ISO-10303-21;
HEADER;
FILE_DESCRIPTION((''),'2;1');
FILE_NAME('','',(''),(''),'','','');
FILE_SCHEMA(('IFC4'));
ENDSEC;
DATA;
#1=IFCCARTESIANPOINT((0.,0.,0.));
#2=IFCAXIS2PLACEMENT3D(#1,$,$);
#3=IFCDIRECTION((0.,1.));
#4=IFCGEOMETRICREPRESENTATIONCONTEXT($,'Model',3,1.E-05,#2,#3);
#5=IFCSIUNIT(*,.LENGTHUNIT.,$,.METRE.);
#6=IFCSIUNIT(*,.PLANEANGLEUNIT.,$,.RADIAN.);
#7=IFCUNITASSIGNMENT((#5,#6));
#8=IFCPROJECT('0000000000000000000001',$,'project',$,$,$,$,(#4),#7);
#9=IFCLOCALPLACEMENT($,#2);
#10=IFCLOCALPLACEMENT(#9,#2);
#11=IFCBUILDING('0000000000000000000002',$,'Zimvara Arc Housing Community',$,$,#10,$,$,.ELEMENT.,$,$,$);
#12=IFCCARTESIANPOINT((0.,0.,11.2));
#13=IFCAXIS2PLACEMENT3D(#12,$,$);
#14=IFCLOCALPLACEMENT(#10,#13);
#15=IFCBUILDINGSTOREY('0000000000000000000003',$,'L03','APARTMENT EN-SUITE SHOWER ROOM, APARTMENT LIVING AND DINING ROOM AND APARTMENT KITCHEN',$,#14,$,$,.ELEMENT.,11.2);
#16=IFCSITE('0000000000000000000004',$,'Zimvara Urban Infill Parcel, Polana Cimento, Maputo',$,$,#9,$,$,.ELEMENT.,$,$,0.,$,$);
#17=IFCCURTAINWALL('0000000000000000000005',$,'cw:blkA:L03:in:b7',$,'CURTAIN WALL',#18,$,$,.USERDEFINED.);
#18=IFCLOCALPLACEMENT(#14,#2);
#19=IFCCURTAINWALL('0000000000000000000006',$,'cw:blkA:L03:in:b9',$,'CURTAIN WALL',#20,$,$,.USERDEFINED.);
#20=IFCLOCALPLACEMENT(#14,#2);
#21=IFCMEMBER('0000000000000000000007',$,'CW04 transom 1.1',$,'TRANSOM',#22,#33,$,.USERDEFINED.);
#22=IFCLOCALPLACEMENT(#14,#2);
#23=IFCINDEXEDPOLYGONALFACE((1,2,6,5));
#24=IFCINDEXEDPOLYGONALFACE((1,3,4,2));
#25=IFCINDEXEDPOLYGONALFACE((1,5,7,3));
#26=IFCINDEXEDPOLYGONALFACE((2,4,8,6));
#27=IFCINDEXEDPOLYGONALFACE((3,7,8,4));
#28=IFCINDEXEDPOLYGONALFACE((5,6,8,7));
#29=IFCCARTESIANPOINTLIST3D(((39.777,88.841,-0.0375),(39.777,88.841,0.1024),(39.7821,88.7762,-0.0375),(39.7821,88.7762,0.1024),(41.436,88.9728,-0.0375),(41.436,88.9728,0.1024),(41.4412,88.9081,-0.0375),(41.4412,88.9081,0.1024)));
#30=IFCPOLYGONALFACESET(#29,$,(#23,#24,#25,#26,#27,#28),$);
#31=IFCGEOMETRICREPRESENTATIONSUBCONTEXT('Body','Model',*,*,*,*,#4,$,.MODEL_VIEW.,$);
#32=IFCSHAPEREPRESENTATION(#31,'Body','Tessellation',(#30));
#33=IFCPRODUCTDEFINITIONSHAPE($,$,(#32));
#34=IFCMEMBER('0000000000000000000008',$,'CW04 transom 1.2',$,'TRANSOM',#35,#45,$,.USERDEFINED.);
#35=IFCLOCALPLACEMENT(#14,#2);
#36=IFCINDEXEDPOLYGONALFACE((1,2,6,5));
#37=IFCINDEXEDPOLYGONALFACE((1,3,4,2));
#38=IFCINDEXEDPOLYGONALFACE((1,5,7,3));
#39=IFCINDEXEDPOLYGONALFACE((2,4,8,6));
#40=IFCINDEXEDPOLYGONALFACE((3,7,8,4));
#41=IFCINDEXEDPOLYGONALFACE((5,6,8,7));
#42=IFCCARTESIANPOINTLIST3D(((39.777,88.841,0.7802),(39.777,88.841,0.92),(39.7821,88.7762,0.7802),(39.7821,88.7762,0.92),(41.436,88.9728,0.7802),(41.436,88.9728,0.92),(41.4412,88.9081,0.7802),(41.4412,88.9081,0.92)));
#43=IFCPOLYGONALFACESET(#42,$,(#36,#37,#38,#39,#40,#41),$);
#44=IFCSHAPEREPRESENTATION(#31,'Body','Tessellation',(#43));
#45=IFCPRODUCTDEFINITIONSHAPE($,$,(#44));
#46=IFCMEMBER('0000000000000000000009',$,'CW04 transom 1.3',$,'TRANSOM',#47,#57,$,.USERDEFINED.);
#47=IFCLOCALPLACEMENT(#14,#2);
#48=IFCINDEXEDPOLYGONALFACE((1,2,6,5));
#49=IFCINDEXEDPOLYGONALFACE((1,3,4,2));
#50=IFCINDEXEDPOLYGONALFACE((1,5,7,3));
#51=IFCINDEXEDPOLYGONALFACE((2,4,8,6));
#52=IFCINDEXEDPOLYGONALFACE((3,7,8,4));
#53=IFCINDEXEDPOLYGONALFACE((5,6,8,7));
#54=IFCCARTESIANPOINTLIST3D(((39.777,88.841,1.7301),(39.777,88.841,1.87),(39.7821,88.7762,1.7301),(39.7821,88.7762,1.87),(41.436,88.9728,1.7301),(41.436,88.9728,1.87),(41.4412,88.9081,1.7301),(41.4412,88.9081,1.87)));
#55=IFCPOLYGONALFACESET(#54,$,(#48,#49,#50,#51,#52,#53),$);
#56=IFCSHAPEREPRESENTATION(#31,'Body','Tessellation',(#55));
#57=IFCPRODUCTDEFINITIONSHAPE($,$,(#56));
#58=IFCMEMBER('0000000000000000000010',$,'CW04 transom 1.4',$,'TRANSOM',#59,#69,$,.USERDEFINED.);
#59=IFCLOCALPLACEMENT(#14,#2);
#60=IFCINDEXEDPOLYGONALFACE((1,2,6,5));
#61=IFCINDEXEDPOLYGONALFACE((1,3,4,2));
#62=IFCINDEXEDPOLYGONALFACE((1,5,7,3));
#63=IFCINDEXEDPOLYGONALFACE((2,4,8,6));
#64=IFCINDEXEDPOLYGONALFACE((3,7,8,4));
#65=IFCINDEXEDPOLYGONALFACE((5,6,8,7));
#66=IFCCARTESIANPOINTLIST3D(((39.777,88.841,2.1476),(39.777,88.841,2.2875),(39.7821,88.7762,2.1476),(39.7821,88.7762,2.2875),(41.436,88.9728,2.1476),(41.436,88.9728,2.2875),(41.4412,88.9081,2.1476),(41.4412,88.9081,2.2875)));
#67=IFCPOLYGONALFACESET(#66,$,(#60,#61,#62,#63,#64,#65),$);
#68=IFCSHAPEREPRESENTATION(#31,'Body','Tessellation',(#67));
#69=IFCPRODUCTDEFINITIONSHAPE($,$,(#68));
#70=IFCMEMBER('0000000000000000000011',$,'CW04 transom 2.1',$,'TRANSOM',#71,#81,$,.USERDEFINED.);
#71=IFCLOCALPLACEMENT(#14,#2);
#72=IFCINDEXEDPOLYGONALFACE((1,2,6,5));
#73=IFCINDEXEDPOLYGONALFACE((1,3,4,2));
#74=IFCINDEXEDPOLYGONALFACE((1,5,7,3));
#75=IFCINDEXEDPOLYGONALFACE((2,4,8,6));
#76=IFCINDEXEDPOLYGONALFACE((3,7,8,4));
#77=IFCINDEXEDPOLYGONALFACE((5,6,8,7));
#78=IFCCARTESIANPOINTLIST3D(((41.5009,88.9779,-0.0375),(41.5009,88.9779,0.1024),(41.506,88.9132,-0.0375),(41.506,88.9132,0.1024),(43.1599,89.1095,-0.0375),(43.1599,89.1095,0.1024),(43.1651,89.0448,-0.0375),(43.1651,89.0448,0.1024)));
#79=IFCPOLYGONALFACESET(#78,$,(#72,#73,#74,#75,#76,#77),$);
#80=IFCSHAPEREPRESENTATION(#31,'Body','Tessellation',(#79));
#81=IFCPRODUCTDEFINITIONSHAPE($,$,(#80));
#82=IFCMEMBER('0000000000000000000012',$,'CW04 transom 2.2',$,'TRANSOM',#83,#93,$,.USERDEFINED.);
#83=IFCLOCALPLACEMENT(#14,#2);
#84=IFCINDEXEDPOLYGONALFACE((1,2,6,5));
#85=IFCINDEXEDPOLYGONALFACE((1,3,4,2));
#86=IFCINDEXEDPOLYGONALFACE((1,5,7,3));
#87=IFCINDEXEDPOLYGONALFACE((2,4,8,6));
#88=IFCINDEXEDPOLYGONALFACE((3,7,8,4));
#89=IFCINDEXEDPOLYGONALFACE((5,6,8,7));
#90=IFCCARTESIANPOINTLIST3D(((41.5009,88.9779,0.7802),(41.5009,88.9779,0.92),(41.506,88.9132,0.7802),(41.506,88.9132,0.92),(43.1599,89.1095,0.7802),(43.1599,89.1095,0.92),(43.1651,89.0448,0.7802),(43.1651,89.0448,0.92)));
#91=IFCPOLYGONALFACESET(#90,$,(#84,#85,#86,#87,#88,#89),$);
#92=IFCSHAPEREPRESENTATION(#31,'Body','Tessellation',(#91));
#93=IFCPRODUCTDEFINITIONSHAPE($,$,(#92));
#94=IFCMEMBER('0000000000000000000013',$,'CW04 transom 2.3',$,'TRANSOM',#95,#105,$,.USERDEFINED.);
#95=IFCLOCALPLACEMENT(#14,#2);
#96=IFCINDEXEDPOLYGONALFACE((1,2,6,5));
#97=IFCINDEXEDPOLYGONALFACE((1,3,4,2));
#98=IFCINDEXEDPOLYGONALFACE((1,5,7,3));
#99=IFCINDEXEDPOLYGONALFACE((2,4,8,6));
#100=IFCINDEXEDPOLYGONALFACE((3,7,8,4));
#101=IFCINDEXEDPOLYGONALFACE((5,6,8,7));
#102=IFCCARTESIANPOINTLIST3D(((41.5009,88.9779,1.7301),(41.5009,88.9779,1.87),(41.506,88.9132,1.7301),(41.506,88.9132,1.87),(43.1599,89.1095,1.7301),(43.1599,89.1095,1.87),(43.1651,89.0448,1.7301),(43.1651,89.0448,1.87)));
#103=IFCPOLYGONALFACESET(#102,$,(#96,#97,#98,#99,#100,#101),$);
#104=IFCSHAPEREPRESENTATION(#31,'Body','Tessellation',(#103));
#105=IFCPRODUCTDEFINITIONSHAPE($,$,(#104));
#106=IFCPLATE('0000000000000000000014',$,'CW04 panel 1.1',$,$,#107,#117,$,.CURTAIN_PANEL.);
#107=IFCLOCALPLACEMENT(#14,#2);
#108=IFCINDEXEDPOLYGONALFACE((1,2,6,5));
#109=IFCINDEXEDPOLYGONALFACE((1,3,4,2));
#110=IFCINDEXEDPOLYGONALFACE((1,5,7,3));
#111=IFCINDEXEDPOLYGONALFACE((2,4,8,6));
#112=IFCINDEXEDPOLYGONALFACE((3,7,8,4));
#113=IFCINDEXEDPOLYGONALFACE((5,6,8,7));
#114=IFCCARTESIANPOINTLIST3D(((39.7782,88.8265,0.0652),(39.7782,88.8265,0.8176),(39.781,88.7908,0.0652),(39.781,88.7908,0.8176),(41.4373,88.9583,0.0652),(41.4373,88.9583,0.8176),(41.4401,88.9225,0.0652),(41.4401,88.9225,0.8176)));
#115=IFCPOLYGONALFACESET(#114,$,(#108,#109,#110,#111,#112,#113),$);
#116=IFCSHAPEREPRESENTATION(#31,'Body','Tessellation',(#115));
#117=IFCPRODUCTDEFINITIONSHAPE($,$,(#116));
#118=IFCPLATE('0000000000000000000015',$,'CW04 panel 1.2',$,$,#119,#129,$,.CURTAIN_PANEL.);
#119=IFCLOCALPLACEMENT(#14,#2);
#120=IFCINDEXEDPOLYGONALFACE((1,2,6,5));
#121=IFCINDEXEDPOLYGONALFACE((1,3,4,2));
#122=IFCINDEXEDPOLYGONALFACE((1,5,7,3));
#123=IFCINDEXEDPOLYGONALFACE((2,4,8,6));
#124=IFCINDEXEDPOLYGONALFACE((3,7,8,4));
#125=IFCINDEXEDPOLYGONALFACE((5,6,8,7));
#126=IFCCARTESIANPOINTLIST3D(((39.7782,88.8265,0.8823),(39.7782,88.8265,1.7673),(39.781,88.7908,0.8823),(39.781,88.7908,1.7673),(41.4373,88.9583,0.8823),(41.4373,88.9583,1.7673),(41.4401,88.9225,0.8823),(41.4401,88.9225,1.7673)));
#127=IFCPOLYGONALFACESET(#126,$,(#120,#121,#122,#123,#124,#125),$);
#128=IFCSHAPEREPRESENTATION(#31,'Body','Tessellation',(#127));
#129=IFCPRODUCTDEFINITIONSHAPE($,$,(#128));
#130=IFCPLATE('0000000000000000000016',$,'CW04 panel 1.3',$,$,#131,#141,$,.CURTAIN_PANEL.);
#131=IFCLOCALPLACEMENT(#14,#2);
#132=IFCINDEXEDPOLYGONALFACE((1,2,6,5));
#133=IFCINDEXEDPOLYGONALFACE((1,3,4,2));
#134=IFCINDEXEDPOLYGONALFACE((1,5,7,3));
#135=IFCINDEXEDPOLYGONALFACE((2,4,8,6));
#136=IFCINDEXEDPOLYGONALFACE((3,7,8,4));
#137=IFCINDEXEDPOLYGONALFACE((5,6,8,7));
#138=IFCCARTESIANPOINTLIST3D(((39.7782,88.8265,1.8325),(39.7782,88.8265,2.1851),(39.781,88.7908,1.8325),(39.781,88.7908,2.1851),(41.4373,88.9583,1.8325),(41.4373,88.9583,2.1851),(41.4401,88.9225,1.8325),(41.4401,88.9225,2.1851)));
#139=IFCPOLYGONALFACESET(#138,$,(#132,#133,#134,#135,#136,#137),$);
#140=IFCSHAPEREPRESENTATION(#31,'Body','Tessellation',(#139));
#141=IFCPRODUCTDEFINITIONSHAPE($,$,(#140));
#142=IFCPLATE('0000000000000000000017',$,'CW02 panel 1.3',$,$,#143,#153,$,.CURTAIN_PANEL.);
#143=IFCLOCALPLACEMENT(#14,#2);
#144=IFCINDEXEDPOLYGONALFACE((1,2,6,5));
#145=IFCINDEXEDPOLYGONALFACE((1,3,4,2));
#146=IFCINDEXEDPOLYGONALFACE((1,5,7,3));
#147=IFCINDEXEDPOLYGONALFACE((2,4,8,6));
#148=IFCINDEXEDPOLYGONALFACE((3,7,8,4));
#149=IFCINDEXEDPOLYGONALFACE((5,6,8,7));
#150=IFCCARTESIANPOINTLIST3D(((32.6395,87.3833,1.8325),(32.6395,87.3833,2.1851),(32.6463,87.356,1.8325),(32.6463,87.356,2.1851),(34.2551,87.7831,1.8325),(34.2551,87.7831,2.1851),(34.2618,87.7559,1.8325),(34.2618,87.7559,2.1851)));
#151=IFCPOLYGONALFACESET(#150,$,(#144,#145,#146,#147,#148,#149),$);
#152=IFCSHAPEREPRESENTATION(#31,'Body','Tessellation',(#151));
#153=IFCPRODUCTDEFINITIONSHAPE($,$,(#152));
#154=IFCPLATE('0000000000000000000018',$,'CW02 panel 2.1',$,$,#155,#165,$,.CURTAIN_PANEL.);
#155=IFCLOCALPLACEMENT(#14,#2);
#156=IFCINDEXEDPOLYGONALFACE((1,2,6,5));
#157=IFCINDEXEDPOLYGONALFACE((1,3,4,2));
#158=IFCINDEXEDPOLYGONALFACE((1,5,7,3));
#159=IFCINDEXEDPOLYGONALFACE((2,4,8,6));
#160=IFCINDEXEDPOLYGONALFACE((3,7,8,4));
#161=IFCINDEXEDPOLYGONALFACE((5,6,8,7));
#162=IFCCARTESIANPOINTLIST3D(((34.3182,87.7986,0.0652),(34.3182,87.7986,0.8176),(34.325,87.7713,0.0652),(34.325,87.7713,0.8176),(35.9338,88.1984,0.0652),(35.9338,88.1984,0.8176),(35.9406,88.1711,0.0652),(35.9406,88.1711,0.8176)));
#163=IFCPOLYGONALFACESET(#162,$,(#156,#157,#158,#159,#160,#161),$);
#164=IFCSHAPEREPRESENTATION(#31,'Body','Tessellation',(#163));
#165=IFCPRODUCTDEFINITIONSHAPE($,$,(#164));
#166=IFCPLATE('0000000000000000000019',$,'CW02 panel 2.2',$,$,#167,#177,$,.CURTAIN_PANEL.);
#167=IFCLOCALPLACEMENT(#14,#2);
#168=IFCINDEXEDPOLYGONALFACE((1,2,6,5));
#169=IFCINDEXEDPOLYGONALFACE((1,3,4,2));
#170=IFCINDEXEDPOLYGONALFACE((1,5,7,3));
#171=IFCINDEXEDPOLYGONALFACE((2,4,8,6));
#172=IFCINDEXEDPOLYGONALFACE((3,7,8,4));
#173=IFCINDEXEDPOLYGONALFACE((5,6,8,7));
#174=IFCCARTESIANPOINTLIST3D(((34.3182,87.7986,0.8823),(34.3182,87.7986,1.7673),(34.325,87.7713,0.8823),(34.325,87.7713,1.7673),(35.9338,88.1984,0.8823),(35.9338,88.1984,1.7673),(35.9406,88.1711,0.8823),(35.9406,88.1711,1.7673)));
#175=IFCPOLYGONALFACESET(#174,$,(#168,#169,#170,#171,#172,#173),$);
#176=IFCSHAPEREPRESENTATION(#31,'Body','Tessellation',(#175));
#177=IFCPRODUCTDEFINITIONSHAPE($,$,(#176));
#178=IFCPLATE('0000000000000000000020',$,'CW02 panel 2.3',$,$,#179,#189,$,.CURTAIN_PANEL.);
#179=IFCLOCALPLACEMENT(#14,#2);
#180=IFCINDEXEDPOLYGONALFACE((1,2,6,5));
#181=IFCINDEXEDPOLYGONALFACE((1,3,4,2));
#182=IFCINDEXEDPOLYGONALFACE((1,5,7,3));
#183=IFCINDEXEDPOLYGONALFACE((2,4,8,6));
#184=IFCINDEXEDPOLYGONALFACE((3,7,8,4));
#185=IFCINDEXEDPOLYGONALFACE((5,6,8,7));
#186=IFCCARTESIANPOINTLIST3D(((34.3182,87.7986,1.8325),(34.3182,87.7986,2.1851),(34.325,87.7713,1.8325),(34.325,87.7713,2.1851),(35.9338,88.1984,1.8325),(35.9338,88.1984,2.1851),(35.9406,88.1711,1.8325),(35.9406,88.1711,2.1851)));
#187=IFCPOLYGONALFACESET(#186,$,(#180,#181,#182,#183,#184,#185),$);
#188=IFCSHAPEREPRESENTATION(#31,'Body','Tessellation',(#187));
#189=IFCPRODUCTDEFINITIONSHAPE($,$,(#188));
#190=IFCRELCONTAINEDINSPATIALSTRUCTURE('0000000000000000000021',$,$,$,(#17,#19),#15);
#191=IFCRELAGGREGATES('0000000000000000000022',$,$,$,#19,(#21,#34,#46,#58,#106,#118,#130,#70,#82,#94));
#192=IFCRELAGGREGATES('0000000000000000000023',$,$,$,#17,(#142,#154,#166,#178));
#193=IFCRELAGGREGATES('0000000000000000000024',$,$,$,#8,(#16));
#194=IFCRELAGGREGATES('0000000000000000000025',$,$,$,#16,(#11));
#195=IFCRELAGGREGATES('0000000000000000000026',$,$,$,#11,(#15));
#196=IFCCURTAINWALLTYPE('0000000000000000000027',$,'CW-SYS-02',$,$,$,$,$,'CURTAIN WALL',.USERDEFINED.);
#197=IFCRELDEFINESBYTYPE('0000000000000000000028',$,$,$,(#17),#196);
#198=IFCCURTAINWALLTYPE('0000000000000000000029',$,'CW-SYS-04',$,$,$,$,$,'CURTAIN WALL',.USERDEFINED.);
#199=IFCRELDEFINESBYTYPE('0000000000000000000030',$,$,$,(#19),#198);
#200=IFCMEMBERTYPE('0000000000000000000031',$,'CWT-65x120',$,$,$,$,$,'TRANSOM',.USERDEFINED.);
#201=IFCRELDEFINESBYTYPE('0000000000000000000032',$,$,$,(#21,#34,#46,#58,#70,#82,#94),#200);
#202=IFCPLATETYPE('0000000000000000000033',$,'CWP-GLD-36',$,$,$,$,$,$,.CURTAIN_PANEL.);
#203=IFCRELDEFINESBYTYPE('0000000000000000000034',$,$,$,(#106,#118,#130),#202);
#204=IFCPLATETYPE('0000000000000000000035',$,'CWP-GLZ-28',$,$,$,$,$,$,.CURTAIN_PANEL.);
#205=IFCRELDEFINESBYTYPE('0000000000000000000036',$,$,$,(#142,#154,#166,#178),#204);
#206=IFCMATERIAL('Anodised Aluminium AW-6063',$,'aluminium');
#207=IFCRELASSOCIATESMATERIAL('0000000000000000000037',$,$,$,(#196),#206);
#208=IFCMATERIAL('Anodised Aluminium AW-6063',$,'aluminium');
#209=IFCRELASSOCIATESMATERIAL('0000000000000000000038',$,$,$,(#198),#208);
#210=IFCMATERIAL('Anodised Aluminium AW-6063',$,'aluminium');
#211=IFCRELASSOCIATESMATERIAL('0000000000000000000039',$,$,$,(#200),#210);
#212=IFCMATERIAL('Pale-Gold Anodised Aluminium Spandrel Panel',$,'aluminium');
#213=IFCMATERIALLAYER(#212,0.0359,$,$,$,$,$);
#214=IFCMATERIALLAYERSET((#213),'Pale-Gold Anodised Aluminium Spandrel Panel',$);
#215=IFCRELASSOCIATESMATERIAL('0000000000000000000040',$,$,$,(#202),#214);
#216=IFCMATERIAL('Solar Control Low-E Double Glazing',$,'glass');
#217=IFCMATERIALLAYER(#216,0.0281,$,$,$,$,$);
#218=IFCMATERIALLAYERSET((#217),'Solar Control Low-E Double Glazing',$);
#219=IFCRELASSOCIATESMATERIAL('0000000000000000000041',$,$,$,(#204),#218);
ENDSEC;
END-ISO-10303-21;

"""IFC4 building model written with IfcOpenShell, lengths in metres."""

from ifc_helpers import new_model, si_unit, direction, frame, origin, origin_2d, place, context, subcontext, project, spatial, rectangle, extrude, material, layer, layer_set, material_profile, profile_set, type_object, element, aggregate, save


model = new_model("IFC4")

# Units and contexts
model_context = context("Model", 3, precision=1e-05, world=origin(), true_north=direction((0.0, 1.0)))
body_context = subcontext(model_context, "Body", "Model", "MODEL_VIEW")
ifc_project = project(units=[si_unit("LENGTHUNIT", "METRE"), si_unit("PLANEANGLEUNIT", "RADIAN")], contexts=[model_context])

# Site, building, storey
site_placement = place(None, origin())
site = spatial("IfcSite", under=ifc_project, at=site_placement, Name="Zimvara Urban Infill Parcel, Polana Cimento, Maputo", CompositionType="ELEMENT", RefElevation=0.0)
building_placement = place(site_placement, origin())
building = spatial("IfcBuilding", under=site, at=building_placement, Name="Zimvara Arc Housing Community", CompositionType="ELEMENT")
storey_placement = place(building_placement, frame((0.0, 0.0, 11.2)))
storey = spatial("IfcBuildingStorey", under=building, at=storey_placement, Name="L03", Description="APARTMENT EN-SUITE SHOWER ROOM, APARTMENT LIVING AND DINING ROOM AND APARTMENT KITCHEN", CompositionType="ELEMENT", Elevation=11.2)

# Curtain walls
ifc_material_1 = material(Name="Anodised Aluminium AW-6063", Category="aluminium")
curtain_wall_type_1 = type_object("IfcCurtainWallType", Name="CW-SYS-02", ElementType="CURTAIN WALL", PredefinedType="USERDEFINED", material=ifc_material_1)
curtain_wall_1_placement = place(storey_placement, origin())
curtain_wall_1 = element("IfcCurtainWall", 1, at=curtain_wall_1_placement, inside=storey, type_object=curtain_wall_type_1, Name="cw:blkA:L03:in:b7", ObjectType="CURTAIN WALL", PredefinedType="USERDEFINED")
ifc_material_2 = material(Name="Anodised Aluminium AW-6063", Category="aluminium")
curtain_wall_type_2 = type_object("IfcCurtainWallType", Name="CW-SYS-04", ElementType="CURTAIN WALL", PredefinedType="USERDEFINED", material=ifc_material_2)
curtain_wall_2_placement = place(storey_placement, origin())
curtain_wall_2 = element("IfcCurtainWall", 2, at=curtain_wall_2_placement, inside=storey, type_object=curtain_wall_type_2, Name="cw:blkA:L03:in:b9", ObjectType="CURTAIN WALL", PredefinedType="USERDEFINED")

# Members
ifc_material_3 = material(Name="Anodised Aluminium AW-6063", Category="aluminium")
ifc_material_profile_1 = material_profile(ifc_material_3, rectangle(XDim=0.0649, YDim=0.1399, at=origin_2d()), Name="ALU 65x140")
ifc_profile_set_1 = profile_set([ifc_material_profile_1], Name="Anodised Aluminium AW-6063")
member_type_1 = type_object("IfcMemberType", Name="CWT-65x120", ElementType="TRANSOM", PredefinedType="USERDEFINED", material=ifc_profile_set_1)
member_1_placement = place(storey_placement, frame((39.7795, 88.8086, 0.0325), z_axis=(0.996858, 0.079209, 0.0), x_axis=(-0.079209, 0.996858, 0.0)))
member_1 = element("IfcMember", 3, at=member_1_placement, type_object=member_type_1, Name="CW04 transom 1.1", ObjectType="TRANSOM", PredefinedType="USERDEFINED", context=body_context, shape_type="SweptSolid", body=[
    extrude(rectangle(XDim=0.0649, YDim=0.1399, at=origin_2d()), origin(), (0.0, 0.0, 1.0), 1.6643),
])
member_2_placement = place(storey_placement, frame((39.7795, 88.8086, 0.8501), z_axis=(0.996858, 0.079209, 0.0), x_axis=(-0.079209, 0.996858, 0.0)))
member_2 = element("IfcMember", 4, at=member_2_placement, type_object=member_type_1, Name="CW04 transom 1.2", ObjectType="TRANSOM", PredefinedType="USERDEFINED", context=body_context, shape_type="SweptSolid", body=[
    extrude(rectangle(XDim=0.0649, YDim=0.1399, at=origin_2d()), origin(), (0.0, 0.0, 1.0), 1.6643),
])
member_3_placement = place(storey_placement, frame((39.7795, 88.8086, 1.8), z_axis=(0.996858, 0.079209, 0.0), x_axis=(-0.079209, 0.996858, 0.0)))
member_3 = element("IfcMember", 5, at=member_3_placement, type_object=member_type_1, Name="CW04 transom 1.3", ObjectType="TRANSOM", PredefinedType="USERDEFINED", context=body_context, shape_type="SweptSolid", body=[
    extrude(rectangle(XDim=0.0649, YDim=0.1399, at=origin_2d()), origin(), (0.0, 0.0, 1.0), 1.6643),
])
member_4_placement = place(storey_placement, frame((39.7795, 88.8086, 2.2175), z_axis=(0.996858, 0.079209, 0.0), x_axis=(-0.079209, 0.996858, 0.0)))
member_4 = element("IfcMember", 6, at=member_4_placement, type_object=member_type_1, Name="CW04 transom 1.4", ObjectType="TRANSOM", PredefinedType="USERDEFINED", context=body_context, shape_type="SweptSolid", body=[
    extrude(rectangle(XDim=0.0649, YDim=0.1399, at=origin_2d()), origin(), (0.0, 0.0, 1.0), 1.6643),
])
member_5_placement = place(storey_placement, frame((41.5034, 88.9456, 0.0325), z_axis=(0.99687, 0.079063, 0.0), x_axis=(-0.079063, 0.99687, 0.0)))
member_5 = element("IfcMember", 7, at=member_5_placement, type_object=member_type_1, Name="CW04 transom 2.1", ObjectType="TRANSOM", PredefinedType="USERDEFINED", context=body_context, shape_type="SweptSolid", body=[
    extrude(rectangle(XDim=0.0649, YDim=0.1399, at=origin_2d()), origin(), (0.0, 0.0, 1.0), 1.6643),
])
member_6_placement = place(storey_placement, frame((41.5034, 88.9456, 0.8501), z_axis=(0.99687, 0.079063, 0.0), x_axis=(-0.079063, 0.99687, 0.0)))
member_6 = element("IfcMember", 8, at=member_6_placement, type_object=member_type_1, Name="CW04 transom 2.2", ObjectType="TRANSOM", PredefinedType="USERDEFINED", context=body_context, shape_type="SweptSolid", body=[
    extrude(rectangle(XDim=0.0649, YDim=0.1399, at=origin_2d()), origin(), (0.0, 0.0, 1.0), 1.6643),
])
member_7_placement = place(storey_placement, frame((41.5034, 88.9456, 1.8), z_axis=(0.99687, 0.079063, 0.0), x_axis=(-0.079063, 0.99687, 0.0)))
member_7 = element("IfcMember", 9, at=member_7_placement, type_object=member_type_1, Name="CW04 transom 2.3", ObjectType="TRANSOM", PredefinedType="USERDEFINED", context=body_context, shape_type="SweptSolid", body=[
    extrude(rectangle(XDim=0.0649, YDim=0.1399, at=origin_2d()), origin(), (0.0, 0.0, 1.0), 1.6643),
])

# Plates
ifc_material_4 = material(Name="Pale-Gold Anodised Aluminium Spandrel Panel", Category="aluminium")
ifc_layer_1 = layer(ifc_material_4, 0.0359)
ifc_layer_set_1 = layer_set([ifc_layer_1], Name="Pale-Gold Anodised Aluminium Spandrel Panel")
plate_type_1 = type_object("IfcPlateType", Name="CWP-GLD-36", PredefinedType="CURTAIN_PANEL", material=ifc_layer_set_1)
plate_1_placement = place(storey_placement, frame((40.6091, 88.8745, 0.0652), z_axis=(0.0, 0.0, 1.0), x_axis=(0.996862, 0.079155, 0.0)))
plate_1 = element("IfcPlate", 10, at=plate_1_placement, type_object=plate_type_1, Name="CW04 panel 1.1", PredefinedType="CURTAIN_PANEL", context=body_context, shape_type="SweptSolid", body=[
    extrude(rectangle(XDim=1.6643, YDim=0.0359, at=origin_2d()), origin(), (0.0, 0.0, 1.0), 0.7524),
])
plate_2_placement = place(storey_placement, frame((40.6091, 88.8745, 0.8823), z_axis=(0.0, 0.0, 1.0), x_axis=(0.996862, 0.079155, 0.0)))
plate_2 = element("IfcPlate", 11, at=plate_2_placement, type_object=plate_type_1, Name="CW04 panel 1.2", PredefinedType="CURTAIN_PANEL", context=body_context, shape_type="SweptSolid", body=[
    extrude(rectangle(XDim=1.6643, YDim=0.0359, at=origin_2d()), origin(), (0.0, 0.0, 1.0), 0.885),
])
plate_3_placement = place(storey_placement, frame((40.6091, 88.8745, 1.8325), z_axis=(0.0, 0.0, 1.0), x_axis=(0.996862, 0.079155, 0.0)))
plate_3 = element("IfcPlate", 12, at=plate_3_placement, type_object=plate_type_1, Name="CW04 panel 1.3", PredefinedType="CURTAIN_PANEL", context=body_context, shape_type="SweptSolid", body=[
    extrude(rectangle(XDim=1.6643, YDim=0.0359, at=origin_2d()), origin(), (0.0, 0.0, 1.0), 0.3525),
])
aggregate(curtain_wall_2, [member_1, member_2, member_3, member_4, plate_1, plate_2, plate_3, member_5, member_6, member_7])
ifc_material_5 = material(Name="Solar Control Low-E Double Glazing", Category="glass")
ifc_layer_2 = layer(ifc_material_5, 0.0281)
ifc_layer_set_2 = layer_set([ifc_layer_2], Name="Solar Control Low-E Double Glazing")
plate_type_2 = type_object("IfcPlateType", Name="CWP-GLZ-28", PredefinedType="CURTAIN_PANEL", material=ifc_layer_set_2)
plate_4_placement = place(storey_placement, frame((33.4507, 87.5696, 1.8325), z_axis=(0.0, 0.0, 1.0), x_axis=(0.970717, 0.240228, 0.0)))
plate_4 = element("IfcPlate", 13, at=plate_4_placement, type_object=plate_type_2, Name="CW02 panel 1.3", PredefinedType="CURTAIN_PANEL", context=body_context, shape_type="SweptSolid", body=[
    extrude(rectangle(XDim=1.6643, YDim=0.0281, at=origin_2d()), origin(), (0.0, 0.0, 1.0), 0.3525),
])
plate_5_placement = place(storey_placement, frame((35.1294, 87.9849, 0.0652), z_axis=(0.0, 0.0, 1.0), x_axis=(0.970717, 0.240228, 0.0)))
plate_5 = element("IfcPlate", 14, at=plate_5_placement, type_object=plate_type_2, Name="CW02 panel 2.1", PredefinedType="CURTAIN_PANEL", context=body_context, shape_type="SweptSolid", body=[
    extrude(rectangle(XDim=1.6643, YDim=0.0281, at=origin_2d()), origin(), (0.0, 0.0, 1.0), 0.7524),
])
plate_6_placement = place(storey_placement, frame((35.1294, 87.9849, 0.8823), z_axis=(0.0, 0.0, 1.0), x_axis=(0.970717, 0.240228, 0.0)))
plate_6 = element("IfcPlate", 15, at=plate_6_placement, type_object=plate_type_2, Name="CW02 panel 2.2", PredefinedType="CURTAIN_PANEL", context=body_context, shape_type="SweptSolid", body=[
    extrude(rectangle(XDim=1.6643, YDim=0.0281, at=origin_2d()), origin(), (0.0, 0.0, 1.0), 0.885),
])
plate_7_placement = place(storey_placement, frame((35.1294, 87.9849, 1.8325), z_axis=(0.0, 0.0, 1.0), x_axis=(0.970717, 0.240228, 0.0)))
plate_7 = element("IfcPlate", 16, at=plate_7_placement, type_object=plate_type_2, Name="CW02 panel 2.3", PredefinedType="CURTAIN_PANEL", context=body_context, shape_type="SweptSolid", body=[
    extrude(rectangle(XDim=1.6643, YDim=0.0281, at=origin_2d()), origin(), (0.0, 0.0, 1.0), 0.3525),
])
aggregate(curtain_wall_1, [plate_4, plate_5, plate_6, plate_7])

save(model, "model.ifc")
